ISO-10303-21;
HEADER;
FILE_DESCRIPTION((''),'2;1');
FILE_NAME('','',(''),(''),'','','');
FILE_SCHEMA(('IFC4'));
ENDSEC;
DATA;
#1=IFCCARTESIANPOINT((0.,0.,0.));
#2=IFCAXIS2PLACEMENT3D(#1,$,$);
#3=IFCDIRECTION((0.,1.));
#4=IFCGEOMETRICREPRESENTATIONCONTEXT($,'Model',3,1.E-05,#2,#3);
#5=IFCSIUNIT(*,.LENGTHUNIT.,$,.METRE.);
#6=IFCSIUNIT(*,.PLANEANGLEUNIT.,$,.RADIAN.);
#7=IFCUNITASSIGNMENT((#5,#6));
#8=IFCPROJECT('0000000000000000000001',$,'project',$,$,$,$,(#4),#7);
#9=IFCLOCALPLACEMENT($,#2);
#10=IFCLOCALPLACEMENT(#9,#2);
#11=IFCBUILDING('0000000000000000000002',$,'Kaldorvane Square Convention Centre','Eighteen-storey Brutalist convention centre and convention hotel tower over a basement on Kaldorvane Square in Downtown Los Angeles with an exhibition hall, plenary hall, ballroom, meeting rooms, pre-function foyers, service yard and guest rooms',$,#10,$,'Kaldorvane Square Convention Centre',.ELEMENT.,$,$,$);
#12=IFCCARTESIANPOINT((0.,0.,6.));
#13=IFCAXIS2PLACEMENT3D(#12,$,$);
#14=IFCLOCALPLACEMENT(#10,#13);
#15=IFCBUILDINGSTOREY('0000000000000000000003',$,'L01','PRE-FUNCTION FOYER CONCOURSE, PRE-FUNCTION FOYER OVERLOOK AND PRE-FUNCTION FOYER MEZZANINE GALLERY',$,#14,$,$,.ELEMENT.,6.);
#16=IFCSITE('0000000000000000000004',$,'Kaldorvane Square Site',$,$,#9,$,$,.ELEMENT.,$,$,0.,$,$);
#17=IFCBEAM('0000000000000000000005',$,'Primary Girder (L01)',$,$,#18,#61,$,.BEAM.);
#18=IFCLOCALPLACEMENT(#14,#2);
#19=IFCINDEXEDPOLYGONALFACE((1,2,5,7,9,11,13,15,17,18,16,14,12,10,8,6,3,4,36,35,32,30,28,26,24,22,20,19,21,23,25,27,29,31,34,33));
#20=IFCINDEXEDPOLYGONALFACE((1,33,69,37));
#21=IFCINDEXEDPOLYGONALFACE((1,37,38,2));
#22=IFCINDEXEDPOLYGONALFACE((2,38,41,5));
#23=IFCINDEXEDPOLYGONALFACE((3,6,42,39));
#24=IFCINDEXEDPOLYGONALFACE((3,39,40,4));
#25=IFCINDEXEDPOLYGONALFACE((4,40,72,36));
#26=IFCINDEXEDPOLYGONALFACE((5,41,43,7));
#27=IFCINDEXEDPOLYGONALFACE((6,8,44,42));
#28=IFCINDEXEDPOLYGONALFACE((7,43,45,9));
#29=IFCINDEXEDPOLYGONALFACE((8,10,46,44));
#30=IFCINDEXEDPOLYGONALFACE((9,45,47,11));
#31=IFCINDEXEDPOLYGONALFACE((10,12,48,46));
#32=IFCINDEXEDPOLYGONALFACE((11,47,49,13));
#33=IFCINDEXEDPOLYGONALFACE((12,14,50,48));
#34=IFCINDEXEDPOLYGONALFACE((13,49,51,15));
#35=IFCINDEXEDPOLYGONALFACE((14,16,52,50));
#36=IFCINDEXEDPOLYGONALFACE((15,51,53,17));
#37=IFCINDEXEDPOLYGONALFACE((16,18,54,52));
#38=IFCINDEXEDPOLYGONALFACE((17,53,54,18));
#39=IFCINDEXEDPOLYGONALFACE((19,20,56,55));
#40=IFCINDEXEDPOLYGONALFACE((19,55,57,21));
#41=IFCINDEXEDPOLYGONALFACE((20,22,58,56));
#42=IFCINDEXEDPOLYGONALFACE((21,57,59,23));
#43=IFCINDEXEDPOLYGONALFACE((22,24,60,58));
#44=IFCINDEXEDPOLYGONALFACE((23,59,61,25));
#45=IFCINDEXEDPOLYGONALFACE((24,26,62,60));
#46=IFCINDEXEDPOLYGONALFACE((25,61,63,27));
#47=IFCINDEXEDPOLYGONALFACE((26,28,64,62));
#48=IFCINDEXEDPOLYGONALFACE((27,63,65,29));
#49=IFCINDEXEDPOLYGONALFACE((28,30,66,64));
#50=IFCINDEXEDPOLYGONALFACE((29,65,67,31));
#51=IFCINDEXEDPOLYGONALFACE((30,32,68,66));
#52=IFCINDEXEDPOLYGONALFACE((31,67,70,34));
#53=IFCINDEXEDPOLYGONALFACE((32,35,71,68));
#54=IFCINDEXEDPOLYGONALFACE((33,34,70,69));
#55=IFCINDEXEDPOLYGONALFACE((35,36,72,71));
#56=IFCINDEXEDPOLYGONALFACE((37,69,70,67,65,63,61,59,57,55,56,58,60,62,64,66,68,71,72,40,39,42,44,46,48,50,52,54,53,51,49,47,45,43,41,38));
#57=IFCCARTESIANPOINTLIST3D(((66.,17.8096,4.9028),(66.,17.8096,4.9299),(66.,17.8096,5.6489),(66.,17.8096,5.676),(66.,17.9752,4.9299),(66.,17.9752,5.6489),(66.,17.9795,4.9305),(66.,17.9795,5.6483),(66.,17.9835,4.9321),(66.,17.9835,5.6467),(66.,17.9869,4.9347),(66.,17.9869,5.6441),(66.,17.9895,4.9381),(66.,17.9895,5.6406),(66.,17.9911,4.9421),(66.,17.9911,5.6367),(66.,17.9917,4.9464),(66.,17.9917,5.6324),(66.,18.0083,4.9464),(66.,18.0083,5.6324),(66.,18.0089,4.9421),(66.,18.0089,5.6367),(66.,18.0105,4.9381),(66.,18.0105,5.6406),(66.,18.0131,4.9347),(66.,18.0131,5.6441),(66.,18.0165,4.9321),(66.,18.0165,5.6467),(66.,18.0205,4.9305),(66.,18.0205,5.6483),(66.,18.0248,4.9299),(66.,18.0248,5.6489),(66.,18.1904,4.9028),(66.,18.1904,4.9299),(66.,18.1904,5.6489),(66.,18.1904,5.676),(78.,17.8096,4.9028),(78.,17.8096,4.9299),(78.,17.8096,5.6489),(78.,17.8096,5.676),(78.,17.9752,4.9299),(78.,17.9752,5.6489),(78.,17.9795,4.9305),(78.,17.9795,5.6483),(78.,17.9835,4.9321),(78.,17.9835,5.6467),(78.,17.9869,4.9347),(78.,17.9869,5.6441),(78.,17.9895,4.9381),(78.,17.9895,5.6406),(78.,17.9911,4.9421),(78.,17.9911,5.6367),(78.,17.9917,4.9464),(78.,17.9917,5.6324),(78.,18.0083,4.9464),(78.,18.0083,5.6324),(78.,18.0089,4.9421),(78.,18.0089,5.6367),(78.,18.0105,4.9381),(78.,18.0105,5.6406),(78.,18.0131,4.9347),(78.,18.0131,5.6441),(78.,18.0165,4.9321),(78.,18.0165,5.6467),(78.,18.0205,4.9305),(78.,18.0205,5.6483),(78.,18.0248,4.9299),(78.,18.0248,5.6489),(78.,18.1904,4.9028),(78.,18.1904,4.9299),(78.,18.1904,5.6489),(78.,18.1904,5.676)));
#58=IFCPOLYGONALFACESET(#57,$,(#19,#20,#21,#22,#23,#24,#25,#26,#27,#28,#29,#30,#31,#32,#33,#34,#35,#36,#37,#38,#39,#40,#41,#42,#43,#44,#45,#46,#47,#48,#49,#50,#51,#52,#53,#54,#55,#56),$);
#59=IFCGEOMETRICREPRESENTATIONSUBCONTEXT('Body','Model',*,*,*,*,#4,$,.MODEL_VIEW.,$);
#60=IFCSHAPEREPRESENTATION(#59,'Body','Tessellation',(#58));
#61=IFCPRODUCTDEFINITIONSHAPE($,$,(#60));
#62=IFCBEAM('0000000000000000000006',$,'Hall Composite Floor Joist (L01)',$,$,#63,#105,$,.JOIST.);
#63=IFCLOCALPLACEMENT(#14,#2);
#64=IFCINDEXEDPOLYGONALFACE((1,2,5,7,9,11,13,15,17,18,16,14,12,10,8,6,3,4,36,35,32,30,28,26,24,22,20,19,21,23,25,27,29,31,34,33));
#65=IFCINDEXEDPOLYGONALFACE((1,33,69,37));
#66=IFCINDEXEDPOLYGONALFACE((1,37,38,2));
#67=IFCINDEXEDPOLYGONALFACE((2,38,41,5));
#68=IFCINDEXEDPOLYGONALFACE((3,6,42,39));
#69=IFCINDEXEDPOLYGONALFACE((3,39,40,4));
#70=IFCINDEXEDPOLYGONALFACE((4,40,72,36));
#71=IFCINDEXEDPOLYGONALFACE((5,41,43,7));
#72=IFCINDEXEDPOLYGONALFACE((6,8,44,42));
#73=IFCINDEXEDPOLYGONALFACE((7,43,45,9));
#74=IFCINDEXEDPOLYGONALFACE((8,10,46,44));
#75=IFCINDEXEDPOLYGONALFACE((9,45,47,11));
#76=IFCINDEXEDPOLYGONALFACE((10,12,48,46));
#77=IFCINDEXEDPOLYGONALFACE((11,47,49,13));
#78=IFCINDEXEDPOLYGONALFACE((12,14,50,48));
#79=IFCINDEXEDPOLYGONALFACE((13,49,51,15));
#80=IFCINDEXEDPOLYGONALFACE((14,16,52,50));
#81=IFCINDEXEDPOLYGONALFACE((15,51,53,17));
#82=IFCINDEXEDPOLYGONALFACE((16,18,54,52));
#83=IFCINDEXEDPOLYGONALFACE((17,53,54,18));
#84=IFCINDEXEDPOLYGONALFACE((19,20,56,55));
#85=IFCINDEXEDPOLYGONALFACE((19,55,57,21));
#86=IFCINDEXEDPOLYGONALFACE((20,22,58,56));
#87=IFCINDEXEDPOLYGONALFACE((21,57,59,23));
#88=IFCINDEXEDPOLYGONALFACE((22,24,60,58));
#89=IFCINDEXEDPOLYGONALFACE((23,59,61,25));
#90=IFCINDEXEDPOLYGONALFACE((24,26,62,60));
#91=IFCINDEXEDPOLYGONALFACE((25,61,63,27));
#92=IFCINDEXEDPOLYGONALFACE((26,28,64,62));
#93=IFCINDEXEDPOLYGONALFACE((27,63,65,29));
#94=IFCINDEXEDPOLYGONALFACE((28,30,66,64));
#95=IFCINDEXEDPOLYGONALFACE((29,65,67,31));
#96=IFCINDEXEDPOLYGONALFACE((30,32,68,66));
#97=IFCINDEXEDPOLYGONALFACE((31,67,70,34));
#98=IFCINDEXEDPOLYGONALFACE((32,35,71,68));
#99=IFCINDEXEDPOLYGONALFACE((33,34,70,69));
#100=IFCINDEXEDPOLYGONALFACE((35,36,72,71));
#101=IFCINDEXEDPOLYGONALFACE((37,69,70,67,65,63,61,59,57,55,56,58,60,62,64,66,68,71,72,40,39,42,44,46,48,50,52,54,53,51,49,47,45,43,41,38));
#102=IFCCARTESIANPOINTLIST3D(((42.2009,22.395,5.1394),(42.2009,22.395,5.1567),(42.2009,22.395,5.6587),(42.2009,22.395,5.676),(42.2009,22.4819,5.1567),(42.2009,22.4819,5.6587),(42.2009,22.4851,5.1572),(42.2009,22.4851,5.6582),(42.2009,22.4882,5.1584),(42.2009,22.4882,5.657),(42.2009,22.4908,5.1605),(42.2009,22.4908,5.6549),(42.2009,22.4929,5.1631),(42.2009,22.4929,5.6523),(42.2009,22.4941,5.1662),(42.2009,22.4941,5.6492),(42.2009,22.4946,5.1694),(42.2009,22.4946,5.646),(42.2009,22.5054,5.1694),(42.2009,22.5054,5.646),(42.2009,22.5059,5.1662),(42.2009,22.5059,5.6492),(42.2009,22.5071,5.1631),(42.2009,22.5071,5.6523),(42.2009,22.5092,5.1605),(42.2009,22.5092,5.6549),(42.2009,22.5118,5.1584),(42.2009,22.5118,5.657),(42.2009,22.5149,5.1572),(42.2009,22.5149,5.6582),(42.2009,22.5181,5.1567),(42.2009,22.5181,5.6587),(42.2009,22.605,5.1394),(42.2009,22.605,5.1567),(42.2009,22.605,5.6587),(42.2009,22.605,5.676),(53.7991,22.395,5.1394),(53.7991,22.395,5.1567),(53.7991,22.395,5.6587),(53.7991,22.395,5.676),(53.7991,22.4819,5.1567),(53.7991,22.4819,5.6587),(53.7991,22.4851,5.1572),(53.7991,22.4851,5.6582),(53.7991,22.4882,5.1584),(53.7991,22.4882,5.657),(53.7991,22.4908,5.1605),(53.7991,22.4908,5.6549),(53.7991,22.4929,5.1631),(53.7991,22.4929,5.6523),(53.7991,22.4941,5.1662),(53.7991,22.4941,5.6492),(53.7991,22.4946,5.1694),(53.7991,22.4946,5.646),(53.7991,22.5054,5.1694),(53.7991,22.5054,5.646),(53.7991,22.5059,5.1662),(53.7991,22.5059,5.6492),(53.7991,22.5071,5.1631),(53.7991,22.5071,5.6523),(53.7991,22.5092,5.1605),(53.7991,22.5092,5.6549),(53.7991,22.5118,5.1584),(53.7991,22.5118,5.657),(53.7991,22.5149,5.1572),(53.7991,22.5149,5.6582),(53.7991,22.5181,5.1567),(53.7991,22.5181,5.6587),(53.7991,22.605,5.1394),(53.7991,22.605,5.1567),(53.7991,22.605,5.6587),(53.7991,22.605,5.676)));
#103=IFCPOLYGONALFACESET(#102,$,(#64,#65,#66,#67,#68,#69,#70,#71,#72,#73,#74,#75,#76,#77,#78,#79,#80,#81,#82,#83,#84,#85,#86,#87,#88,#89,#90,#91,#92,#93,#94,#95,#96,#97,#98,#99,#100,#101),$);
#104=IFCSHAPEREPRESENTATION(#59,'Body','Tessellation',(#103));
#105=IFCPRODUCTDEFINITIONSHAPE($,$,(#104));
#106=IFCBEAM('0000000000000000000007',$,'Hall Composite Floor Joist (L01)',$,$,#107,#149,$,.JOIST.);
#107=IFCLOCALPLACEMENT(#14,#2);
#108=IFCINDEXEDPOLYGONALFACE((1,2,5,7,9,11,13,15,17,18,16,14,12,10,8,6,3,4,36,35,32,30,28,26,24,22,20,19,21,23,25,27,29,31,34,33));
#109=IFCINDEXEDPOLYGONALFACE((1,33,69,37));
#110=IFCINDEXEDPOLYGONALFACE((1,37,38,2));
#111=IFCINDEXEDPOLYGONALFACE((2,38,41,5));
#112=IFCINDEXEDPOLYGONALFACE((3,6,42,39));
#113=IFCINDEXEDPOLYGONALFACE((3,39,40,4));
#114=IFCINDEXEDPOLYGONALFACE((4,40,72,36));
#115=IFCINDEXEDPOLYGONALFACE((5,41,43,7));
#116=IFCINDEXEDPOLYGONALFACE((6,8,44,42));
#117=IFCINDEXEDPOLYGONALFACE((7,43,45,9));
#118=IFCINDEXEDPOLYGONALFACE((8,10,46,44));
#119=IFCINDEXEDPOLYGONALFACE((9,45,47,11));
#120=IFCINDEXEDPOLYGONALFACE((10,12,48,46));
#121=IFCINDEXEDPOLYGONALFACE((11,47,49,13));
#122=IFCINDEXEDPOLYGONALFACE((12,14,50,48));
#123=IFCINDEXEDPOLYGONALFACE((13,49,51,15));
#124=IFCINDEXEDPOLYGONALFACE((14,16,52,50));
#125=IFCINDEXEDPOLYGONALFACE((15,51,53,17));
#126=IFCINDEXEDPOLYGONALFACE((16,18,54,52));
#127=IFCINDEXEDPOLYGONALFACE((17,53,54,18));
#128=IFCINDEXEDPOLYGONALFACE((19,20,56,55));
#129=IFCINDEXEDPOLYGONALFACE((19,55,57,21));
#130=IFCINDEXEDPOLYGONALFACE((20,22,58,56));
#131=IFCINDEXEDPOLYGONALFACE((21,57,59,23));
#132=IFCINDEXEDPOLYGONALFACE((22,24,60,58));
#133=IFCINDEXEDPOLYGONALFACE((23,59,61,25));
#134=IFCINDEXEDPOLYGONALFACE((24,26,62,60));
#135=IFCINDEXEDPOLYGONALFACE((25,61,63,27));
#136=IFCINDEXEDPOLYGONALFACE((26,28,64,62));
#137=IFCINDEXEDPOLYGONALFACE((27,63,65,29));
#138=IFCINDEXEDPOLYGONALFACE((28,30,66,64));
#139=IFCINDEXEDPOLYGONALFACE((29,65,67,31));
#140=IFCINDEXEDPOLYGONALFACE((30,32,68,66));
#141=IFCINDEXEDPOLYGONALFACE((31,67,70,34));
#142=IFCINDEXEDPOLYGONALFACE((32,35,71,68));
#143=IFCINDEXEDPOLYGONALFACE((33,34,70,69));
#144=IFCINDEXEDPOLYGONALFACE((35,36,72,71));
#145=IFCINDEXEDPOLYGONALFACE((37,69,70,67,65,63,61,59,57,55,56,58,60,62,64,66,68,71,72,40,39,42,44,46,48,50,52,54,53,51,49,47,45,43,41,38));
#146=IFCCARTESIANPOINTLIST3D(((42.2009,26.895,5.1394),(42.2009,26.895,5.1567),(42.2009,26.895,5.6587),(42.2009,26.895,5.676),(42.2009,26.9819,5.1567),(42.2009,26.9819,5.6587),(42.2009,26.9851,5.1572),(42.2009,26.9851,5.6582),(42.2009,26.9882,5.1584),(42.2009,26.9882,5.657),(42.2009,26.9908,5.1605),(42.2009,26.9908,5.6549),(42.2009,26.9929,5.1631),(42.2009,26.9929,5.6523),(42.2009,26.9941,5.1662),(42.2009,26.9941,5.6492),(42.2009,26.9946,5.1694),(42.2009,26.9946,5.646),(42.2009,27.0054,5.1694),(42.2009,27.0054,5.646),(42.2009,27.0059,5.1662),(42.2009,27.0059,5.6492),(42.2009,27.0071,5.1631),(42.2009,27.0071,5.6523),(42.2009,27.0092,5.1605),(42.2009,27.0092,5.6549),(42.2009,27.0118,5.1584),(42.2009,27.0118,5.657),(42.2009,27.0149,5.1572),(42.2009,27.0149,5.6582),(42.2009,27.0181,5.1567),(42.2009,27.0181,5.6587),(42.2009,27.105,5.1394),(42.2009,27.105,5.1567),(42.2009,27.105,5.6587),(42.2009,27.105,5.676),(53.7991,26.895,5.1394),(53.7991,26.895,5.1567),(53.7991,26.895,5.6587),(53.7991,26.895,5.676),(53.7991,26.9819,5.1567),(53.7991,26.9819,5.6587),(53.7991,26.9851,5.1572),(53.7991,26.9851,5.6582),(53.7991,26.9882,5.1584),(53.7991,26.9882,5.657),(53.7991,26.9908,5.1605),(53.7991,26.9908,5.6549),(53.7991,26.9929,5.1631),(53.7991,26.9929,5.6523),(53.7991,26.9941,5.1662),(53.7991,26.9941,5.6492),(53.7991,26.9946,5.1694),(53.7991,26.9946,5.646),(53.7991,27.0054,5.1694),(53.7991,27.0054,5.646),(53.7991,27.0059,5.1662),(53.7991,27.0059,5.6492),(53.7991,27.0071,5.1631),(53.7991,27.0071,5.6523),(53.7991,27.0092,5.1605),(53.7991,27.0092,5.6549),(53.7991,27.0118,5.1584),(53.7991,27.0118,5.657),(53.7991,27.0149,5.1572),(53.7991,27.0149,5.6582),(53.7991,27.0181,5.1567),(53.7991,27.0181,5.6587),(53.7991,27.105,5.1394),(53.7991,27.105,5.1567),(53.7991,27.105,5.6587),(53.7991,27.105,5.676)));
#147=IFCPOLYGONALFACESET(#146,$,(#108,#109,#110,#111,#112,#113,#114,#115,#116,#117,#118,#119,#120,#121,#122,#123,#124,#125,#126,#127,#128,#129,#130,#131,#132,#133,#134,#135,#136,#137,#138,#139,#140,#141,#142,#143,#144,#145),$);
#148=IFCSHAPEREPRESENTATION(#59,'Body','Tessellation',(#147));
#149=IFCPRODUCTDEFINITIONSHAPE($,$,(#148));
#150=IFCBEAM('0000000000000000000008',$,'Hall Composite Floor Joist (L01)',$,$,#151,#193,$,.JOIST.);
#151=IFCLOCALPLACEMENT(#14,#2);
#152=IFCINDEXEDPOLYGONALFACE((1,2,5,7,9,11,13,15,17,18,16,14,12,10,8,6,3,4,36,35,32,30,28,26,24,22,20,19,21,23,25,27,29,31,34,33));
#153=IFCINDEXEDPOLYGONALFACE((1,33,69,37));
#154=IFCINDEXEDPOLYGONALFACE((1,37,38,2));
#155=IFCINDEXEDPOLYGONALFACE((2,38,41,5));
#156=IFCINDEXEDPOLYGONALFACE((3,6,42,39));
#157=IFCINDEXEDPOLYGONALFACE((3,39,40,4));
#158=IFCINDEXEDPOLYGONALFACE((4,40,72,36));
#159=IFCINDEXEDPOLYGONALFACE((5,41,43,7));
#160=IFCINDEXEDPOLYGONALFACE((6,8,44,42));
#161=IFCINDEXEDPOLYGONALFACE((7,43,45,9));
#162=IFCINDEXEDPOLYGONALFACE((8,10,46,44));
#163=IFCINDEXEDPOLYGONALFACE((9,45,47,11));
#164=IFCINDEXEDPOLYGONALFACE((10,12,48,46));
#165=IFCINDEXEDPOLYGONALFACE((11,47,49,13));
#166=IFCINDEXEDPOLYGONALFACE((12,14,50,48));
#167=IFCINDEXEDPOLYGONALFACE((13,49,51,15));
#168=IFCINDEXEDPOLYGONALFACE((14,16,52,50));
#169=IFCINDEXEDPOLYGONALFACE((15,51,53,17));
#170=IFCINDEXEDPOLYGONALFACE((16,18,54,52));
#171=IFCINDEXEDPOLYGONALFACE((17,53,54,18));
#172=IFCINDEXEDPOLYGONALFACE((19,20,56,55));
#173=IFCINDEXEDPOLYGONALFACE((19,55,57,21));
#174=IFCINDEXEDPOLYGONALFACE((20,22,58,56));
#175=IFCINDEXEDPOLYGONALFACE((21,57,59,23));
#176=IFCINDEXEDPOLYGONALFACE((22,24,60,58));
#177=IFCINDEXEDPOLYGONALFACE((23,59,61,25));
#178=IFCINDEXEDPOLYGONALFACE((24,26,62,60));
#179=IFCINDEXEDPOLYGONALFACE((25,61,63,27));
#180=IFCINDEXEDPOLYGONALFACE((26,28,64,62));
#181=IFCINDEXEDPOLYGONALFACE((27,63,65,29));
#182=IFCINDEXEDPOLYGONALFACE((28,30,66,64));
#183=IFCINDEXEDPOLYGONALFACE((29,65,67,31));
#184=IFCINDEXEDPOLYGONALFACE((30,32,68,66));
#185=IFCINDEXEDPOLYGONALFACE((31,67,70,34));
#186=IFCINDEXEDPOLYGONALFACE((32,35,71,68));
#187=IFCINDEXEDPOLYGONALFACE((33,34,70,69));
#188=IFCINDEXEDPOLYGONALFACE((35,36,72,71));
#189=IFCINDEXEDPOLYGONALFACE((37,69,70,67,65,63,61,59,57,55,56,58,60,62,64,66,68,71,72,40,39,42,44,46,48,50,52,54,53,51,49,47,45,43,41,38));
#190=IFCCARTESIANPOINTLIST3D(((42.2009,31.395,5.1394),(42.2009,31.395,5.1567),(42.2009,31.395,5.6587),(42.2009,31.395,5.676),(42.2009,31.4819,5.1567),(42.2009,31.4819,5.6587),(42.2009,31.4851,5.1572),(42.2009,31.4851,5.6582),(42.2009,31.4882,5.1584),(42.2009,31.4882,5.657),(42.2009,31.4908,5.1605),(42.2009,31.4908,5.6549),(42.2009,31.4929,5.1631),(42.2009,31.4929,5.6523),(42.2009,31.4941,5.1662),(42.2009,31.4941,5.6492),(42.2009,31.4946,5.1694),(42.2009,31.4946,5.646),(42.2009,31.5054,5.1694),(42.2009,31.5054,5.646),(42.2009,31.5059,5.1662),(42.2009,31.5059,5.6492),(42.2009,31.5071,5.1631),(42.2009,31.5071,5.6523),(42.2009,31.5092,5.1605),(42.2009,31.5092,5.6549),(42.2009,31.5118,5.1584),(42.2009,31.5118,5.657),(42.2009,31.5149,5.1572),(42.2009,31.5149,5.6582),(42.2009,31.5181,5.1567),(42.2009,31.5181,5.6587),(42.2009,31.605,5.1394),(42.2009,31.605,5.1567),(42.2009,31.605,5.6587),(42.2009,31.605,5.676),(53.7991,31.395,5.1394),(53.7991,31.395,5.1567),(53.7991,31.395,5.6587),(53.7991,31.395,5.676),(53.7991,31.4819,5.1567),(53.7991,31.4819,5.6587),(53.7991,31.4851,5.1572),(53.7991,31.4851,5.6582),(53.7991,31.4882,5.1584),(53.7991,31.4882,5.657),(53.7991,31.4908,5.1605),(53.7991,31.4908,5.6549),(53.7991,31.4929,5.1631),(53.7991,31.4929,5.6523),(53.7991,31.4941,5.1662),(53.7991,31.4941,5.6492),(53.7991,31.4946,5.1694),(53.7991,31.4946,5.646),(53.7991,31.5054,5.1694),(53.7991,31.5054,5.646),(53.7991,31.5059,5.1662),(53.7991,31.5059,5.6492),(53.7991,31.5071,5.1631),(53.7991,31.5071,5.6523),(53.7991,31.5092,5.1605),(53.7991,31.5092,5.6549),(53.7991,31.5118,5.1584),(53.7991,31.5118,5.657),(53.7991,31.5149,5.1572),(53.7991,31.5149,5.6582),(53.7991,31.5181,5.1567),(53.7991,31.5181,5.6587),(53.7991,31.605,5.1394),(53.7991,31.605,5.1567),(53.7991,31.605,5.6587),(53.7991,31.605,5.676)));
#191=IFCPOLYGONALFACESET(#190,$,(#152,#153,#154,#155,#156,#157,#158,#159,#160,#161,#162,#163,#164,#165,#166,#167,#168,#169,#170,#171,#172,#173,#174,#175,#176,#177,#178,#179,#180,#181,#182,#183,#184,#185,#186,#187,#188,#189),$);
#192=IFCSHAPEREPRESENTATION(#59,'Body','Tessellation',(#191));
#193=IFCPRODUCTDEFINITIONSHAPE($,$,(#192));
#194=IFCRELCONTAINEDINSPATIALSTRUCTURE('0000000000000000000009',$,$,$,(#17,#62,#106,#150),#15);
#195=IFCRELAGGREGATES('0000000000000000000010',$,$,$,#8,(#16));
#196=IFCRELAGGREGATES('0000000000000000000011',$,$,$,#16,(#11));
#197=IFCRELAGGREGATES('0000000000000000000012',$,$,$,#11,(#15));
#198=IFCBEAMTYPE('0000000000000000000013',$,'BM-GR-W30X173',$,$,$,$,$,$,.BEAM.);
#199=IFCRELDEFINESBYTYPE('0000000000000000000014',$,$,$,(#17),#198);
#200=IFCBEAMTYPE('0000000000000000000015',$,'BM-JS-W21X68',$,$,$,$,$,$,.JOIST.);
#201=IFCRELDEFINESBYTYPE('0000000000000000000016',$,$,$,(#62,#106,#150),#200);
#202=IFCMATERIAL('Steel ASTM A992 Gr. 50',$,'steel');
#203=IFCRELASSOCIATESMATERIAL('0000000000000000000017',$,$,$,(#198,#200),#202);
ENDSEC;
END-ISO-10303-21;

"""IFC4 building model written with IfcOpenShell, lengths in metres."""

from ifc_helpers import new_model, si_unit, direction, frame, origin, origin_2d, place, context, subcontext, project, spatial, i_section, extrude, material, material_profile, profile_set, type_object, element, save


model = new_model("IFC4")

# Units and contexts
model_context = context("Model", 3, precision=1e-05, world=origin(), true_north=direction((0.0, 1.0)))
body_context = subcontext(model_context, "Body", "Model", "MODEL_VIEW")
ifc_project = project(units=[si_unit("LENGTHUNIT", "METRE"), si_unit("PLANEANGLEUNIT", "RADIAN")], contexts=[model_context])

# Site, building, storey
site_placement = place(None, origin())
site = spatial("IfcSite", under=ifc_project, at=site_placement, Name="Kaldorvane Square Site", CompositionType="ELEMENT", RefElevation=0.0)
building_placement = place(site_placement, origin())
building = spatial("IfcBuilding", under=site, at=building_placement, Name="Kaldorvane Square Convention Centre", Description="Eighteen-storey Brutalist convention centre and convention hotel tower over a basement on Kaldorvane Square in Downtown Los Angeles with an exhibition hall, plenary hall, ballroom, meeting rooms, pre-function foyers, service yard and guest rooms", LongName="Kaldorvane Square Convention Centre", CompositionType="ELEMENT")
storey_placement = place(building_placement, frame((0.0, 0.0, 6.0)))
storey = spatial("IfcBuildingStorey", under=building, at=storey_placement, Name="L01", Description="PRE-FUNCTION FOYER CONCOURSE, PRE-FUNCTION FOYER OVERLOOK AND PRE-FUNCTION FOYER MEZZANINE GALLERY", CompositionType="ELEMENT", Elevation=6.0)

# Beams
ifc_material = material(Name="Steel ASTM A992 Gr. 50", Category="steel")
ifc_material_profile_1 = material_profile(ifc_material, i_section(OverallWidth=0.3807, OverallDepth=0.7732, WebThickness=0.0166, FlangeThickness=0.0271, FilletRadius=0.0165, at=origin_2d()), Name="W30X173")
ifc_profile_set_1 = profile_set([ifc_material_profile_1], Name="Steel ASTM A992 Gr. 50")
beam_type_1 = type_object("IfcBeamType", Name="BM-GR-W30X173", PredefinedType="BEAM", material=ifc_profile_set_1)
beam_placement = place(storey_placement, frame((66.0, 18.0, 5.2894), z_axis=(1.0, 0.0, 0.0), x_axis=(0.0, 1.0, 0.0)))
element("IfcBeam", 1, at=beam_placement, inside=storey, type_object=beam_type_1, Name="Primary Girder (L01)", PredefinedType="BEAM", context=body_context, shape_type="SweptSolid", body=[
    extrude(i_section(OverallWidth=0.3807, OverallDepth=0.7732, WebThickness=0.0166, FlangeThickness=0.0271, FilletRadius=0.0165, at=origin_2d()), origin(), (0.0, 0.0, 1.0), 12.0),
])
ifc_material_profile_2 = material_profile(ifc_material, i_section(OverallWidth=0.2101, OverallDepth=0.5367, WebThickness=0.0109, FlangeThickness=0.0174, FilletRadius=0.0127, at=origin_2d()), Name="W21X68")
ifc_profile_set_2 = profile_set([ifc_material_profile_2], Name="Steel ASTM A992 Gr. 50")
beam_type_2 = type_object("IfcBeamType", Name="BM-JS-W21X68", PredefinedType="JOIST", material=ifc_profile_set_2)
for number, where, z_axis, x_axis, name in (
    (2, (42.2009, 22.5, 5.4077), (1.0, 0.0, 0.0), (0.0, 1.0, 0.0), "Hall Composite Floor Joist (L01)"),
    (3, (42.2009, 27.0, 5.4077), (1.0, 0.0, 0.0), (0.0, 1.0, 0.0), "Hall Composite Floor Joist (L01)"),
    (4, (42.2009, 31.5, 5.4077), (1.0, 0.0, 0.0), (0.0, 1.0, 0.0), "Hall Composite Floor Joist (L01)"),
):
    element("IfcBeam", number, at=place(storey_placement, frame(where, z_axis=z_axis, x_axis=x_axis)), inside=storey, type_object=beam_type_2, Name=name, PredefinedType="JOIST", context=body_context, shape_type="SweptSolid", body=[
        extrude(i_section(OverallWidth=0.2101, OverallDepth=0.5367, WebThickness=0.0109, FlangeThickness=0.0174, FilletRadius=0.0127, at=origin_2d()), origin(), (0.0, 0.0, 1.0), 11.5982),
    ])

save(model, "model.ifc")
